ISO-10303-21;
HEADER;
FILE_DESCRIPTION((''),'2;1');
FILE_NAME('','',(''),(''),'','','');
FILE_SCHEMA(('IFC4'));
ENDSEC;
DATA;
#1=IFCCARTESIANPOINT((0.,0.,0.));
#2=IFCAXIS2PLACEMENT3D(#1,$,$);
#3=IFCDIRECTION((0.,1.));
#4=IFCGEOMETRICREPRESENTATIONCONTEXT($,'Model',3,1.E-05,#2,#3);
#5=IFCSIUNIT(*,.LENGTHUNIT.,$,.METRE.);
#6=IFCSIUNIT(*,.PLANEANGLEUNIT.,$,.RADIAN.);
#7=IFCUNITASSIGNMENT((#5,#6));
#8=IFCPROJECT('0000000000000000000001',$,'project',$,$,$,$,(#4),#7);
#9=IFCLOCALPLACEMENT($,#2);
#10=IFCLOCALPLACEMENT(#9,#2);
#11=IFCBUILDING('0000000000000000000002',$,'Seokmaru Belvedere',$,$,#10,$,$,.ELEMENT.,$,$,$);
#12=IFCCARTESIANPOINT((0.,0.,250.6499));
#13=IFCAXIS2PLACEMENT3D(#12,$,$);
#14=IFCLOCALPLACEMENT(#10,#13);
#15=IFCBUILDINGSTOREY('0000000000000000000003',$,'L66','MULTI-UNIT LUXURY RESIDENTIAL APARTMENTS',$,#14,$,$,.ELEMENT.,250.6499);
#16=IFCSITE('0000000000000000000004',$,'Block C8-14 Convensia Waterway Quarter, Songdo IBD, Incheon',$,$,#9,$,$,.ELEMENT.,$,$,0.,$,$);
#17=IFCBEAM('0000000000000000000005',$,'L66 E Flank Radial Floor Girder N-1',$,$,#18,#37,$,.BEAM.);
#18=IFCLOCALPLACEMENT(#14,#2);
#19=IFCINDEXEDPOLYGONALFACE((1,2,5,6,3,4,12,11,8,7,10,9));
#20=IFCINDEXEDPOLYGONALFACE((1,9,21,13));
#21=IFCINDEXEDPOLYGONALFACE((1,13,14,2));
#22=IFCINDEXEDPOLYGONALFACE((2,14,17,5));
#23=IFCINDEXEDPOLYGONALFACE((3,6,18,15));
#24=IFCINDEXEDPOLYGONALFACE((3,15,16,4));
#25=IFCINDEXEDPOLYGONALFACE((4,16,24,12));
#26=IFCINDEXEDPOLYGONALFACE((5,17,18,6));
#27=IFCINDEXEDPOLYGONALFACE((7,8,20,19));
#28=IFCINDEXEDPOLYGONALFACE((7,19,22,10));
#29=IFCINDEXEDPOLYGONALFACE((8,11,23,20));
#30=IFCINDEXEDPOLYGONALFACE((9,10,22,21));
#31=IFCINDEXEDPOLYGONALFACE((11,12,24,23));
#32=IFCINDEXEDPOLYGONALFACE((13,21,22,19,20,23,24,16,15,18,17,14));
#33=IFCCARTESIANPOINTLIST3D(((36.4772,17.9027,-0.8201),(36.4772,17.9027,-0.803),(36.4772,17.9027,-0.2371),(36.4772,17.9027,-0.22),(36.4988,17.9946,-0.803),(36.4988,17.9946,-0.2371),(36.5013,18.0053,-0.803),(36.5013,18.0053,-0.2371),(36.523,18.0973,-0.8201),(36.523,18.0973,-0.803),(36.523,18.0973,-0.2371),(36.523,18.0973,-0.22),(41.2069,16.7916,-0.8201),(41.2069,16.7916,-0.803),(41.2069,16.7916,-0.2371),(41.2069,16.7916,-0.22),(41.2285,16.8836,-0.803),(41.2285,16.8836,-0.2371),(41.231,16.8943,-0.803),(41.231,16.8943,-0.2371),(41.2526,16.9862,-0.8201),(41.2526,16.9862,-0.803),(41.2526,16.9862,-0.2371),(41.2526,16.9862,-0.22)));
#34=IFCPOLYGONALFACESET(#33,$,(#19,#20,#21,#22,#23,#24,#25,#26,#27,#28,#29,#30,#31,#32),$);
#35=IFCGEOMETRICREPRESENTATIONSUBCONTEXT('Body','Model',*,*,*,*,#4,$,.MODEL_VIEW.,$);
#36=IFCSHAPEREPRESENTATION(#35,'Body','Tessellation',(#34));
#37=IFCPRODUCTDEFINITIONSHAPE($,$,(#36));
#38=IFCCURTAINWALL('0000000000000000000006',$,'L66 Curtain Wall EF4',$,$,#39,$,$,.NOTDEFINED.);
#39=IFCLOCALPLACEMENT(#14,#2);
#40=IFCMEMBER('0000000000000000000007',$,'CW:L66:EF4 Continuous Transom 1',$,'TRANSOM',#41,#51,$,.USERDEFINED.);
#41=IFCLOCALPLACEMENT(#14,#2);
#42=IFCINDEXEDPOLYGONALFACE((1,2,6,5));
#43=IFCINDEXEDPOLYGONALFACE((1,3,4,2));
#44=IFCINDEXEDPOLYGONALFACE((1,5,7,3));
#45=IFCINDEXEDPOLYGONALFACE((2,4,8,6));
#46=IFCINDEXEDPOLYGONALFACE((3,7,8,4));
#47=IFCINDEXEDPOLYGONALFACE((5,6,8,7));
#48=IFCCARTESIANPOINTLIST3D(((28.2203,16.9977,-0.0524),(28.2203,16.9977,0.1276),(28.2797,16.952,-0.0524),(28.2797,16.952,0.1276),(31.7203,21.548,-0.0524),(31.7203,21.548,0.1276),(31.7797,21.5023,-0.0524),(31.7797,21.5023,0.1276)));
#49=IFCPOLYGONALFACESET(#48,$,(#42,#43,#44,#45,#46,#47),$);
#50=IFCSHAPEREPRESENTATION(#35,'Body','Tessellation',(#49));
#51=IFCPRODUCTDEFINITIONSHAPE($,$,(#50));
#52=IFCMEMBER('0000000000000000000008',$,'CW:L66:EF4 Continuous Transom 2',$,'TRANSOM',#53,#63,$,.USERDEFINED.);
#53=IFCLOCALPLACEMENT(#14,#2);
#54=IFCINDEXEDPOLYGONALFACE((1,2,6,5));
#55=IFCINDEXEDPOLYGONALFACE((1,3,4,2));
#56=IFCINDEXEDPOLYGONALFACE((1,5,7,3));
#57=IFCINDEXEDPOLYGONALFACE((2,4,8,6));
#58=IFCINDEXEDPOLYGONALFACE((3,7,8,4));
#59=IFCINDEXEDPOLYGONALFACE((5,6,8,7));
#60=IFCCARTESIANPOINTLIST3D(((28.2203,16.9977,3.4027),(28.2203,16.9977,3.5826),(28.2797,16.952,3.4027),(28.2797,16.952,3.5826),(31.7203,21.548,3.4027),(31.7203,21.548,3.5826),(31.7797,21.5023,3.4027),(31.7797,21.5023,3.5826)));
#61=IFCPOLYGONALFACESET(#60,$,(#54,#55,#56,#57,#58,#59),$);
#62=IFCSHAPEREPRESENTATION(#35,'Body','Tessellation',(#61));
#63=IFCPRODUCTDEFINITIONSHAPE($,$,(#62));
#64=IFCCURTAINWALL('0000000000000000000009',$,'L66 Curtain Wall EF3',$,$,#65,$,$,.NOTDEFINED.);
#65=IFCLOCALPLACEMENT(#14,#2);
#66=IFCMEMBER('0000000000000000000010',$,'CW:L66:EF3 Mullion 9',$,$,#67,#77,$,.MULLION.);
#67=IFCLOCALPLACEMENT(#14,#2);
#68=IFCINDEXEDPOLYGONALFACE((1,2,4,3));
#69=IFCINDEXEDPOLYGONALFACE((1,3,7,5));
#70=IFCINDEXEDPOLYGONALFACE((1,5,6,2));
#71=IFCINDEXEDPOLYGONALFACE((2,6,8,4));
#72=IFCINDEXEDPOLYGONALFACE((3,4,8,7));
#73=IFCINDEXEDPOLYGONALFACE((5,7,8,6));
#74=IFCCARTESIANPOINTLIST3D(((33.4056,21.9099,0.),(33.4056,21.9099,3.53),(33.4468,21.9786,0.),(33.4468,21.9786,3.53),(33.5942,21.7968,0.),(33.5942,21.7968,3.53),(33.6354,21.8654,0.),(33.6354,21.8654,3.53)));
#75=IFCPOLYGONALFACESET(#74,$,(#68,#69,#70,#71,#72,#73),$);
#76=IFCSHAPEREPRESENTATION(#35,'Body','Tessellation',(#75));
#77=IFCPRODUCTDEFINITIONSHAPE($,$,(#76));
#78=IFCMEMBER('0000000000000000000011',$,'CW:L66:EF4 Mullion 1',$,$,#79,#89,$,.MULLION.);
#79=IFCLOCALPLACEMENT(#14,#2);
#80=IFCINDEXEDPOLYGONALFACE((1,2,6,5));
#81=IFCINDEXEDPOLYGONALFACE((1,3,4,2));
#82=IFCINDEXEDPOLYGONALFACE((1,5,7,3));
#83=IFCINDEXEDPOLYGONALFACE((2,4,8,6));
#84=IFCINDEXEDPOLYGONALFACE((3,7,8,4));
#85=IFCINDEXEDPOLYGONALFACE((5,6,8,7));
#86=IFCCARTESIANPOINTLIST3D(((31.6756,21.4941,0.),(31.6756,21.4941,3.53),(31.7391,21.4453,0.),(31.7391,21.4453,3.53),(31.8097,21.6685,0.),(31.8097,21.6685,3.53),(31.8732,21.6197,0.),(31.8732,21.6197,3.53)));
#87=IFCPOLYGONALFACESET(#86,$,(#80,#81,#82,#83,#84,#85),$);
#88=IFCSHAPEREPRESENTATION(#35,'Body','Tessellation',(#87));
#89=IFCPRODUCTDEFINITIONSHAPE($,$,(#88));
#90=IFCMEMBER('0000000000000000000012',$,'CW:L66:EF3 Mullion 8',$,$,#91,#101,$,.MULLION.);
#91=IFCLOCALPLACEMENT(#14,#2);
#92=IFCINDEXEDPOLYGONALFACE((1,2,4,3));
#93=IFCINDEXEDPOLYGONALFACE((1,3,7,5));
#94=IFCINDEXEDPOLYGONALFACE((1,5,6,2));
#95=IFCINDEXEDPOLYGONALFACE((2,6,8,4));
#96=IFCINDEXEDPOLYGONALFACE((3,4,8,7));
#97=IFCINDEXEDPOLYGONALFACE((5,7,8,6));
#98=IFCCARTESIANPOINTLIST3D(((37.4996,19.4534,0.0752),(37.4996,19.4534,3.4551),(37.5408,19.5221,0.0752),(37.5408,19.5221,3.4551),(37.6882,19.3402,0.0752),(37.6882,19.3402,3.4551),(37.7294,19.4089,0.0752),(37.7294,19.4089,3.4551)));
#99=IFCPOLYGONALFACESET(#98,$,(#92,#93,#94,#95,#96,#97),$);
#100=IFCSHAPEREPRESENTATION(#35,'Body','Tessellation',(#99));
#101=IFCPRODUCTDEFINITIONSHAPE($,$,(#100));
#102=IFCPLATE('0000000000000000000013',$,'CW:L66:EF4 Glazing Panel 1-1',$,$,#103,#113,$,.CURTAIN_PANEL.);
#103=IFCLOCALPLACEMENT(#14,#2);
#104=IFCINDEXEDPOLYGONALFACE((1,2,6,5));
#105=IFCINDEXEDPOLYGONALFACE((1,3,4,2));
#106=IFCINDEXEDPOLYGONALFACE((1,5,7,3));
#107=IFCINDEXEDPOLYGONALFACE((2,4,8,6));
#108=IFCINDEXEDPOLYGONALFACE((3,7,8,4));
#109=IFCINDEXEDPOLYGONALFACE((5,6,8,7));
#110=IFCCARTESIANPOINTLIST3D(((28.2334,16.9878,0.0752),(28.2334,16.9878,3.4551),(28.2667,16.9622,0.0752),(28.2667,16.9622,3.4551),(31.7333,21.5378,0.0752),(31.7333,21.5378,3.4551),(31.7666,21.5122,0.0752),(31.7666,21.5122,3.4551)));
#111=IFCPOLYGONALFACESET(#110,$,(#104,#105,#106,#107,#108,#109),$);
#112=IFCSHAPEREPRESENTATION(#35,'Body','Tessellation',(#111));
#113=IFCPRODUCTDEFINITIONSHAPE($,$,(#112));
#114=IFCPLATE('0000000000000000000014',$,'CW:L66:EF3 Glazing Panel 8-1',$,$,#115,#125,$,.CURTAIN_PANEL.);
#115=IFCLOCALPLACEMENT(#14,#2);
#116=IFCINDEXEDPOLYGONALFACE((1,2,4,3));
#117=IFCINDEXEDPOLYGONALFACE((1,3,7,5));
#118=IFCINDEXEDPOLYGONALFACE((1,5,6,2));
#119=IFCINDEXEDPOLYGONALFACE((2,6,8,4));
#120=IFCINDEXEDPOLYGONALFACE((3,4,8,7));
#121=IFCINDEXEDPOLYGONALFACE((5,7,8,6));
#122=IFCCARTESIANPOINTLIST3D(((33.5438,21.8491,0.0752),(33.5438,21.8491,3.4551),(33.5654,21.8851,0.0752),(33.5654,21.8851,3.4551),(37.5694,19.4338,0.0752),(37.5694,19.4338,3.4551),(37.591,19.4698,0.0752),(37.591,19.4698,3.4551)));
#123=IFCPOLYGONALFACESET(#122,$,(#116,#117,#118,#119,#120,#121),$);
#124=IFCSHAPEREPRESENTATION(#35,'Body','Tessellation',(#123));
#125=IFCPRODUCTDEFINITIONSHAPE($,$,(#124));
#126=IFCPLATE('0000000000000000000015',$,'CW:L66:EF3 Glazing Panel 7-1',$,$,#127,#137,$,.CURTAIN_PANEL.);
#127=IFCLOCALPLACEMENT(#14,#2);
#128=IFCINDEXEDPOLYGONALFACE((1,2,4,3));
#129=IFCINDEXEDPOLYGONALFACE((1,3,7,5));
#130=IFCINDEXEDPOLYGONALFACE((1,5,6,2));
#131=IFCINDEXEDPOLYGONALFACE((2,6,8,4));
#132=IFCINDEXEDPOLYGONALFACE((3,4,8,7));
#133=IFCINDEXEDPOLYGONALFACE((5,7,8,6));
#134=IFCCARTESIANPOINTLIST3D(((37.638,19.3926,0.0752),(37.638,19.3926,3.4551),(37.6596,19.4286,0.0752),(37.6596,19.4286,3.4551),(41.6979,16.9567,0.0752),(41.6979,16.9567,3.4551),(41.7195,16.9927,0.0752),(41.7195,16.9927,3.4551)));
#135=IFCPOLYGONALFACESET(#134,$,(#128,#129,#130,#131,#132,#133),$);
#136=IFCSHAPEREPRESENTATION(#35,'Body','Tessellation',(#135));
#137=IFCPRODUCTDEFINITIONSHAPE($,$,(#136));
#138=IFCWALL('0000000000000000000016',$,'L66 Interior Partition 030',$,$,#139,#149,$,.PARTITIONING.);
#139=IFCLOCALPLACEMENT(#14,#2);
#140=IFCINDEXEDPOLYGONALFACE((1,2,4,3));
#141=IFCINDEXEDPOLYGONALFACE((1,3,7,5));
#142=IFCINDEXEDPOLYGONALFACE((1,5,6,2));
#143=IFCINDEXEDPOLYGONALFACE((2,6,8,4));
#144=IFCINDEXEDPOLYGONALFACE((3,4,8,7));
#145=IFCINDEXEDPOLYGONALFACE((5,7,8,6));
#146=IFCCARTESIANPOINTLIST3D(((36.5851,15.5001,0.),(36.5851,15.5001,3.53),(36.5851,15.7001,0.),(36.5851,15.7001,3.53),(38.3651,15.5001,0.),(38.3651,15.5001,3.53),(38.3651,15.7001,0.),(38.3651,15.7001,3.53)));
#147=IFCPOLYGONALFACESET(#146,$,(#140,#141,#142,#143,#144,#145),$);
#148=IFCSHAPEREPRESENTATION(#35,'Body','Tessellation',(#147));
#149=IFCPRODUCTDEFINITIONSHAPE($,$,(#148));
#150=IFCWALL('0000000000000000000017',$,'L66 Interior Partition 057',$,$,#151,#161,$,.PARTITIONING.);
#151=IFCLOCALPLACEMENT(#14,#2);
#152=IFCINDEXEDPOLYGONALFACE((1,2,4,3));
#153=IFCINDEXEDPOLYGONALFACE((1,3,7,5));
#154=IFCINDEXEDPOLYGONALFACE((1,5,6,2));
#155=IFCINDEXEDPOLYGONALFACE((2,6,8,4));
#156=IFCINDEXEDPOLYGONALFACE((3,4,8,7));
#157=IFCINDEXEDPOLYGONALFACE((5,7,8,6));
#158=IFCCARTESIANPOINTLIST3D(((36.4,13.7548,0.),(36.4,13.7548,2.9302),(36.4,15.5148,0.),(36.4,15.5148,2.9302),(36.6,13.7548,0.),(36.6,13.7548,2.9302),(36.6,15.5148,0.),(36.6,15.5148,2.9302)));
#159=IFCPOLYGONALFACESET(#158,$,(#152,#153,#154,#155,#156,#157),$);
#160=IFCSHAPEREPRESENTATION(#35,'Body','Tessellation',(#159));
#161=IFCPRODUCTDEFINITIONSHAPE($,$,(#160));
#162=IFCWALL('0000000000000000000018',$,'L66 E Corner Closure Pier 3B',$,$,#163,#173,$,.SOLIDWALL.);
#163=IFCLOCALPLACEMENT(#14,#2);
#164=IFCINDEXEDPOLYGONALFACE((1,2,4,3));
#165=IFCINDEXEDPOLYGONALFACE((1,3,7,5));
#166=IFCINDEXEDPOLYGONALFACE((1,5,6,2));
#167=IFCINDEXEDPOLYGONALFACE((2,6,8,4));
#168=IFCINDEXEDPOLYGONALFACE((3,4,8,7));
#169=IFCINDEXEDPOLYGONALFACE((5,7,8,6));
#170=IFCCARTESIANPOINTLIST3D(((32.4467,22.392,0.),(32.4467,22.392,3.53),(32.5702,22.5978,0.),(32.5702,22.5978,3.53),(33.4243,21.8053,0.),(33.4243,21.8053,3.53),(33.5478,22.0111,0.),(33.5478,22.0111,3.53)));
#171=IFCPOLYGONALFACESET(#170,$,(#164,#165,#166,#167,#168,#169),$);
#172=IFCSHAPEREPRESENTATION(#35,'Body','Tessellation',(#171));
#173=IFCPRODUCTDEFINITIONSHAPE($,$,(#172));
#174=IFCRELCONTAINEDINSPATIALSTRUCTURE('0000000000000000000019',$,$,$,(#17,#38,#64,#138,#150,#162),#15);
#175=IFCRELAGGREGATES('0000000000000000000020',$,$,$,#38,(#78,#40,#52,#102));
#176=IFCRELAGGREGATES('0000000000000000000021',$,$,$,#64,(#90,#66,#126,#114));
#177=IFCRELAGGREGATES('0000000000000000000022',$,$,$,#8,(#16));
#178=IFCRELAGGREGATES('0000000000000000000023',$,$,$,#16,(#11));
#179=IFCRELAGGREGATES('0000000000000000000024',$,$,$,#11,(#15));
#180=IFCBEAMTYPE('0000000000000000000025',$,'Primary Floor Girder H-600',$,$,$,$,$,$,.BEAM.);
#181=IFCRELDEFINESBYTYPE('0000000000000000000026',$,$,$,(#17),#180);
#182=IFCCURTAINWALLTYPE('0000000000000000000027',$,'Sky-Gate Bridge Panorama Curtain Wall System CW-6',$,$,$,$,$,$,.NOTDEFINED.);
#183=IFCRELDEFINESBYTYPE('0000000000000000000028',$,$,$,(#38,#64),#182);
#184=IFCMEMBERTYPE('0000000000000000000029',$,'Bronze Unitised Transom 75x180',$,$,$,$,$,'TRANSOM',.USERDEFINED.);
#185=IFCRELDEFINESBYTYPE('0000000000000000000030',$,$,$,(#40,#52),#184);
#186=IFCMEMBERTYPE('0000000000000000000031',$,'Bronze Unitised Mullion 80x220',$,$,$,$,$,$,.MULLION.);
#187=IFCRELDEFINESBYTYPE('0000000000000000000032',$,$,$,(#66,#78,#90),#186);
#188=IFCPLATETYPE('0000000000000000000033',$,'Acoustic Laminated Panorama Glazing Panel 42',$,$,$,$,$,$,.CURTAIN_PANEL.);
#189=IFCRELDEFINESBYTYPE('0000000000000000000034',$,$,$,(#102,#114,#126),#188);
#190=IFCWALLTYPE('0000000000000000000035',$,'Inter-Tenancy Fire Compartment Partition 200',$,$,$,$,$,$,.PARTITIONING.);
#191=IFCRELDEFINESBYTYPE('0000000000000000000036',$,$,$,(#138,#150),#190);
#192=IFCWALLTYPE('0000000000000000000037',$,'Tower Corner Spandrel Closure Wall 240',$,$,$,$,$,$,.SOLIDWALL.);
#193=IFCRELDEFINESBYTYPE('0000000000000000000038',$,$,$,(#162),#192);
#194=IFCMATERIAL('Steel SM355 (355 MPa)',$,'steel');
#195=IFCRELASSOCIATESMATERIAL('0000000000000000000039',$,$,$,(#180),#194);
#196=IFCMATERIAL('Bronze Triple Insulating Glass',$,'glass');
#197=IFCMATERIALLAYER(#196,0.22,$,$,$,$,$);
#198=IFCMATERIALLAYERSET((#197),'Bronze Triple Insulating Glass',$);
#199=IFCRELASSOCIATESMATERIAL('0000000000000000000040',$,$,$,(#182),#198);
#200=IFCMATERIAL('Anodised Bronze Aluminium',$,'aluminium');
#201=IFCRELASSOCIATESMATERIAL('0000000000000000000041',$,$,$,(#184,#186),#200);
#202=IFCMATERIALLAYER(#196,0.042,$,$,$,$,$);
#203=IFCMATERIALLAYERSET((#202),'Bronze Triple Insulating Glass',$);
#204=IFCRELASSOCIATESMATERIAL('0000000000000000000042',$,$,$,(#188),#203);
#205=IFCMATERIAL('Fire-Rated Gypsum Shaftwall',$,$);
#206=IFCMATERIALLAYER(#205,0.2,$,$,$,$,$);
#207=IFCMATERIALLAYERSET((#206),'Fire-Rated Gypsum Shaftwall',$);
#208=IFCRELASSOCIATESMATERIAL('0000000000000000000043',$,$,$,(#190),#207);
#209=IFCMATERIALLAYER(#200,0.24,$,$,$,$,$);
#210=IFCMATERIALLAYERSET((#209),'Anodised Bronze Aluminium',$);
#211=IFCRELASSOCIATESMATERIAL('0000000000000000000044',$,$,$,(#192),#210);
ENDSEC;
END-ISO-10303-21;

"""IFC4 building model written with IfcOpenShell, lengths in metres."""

from ifc_helpers import new_model, si_unit, direction, frame, frame_2d, origin, origin_2d, place, context, subcontext, project, spatial, rectangle, i_section, extrude, source, transform, mapped, material, layer, layer_set, material_profile, profile_set, type_object, type_shapes, element, aggregate, save


model = new_model("IFC4")

# Units and contexts
model_context = context("Model", 3, precision=1e-05, world=origin(), true_north=direction((0.0, 1.0)))
body_context = subcontext(model_context, "Body", "Model", "MODEL_VIEW")
ifc_project = project(units=[si_unit("LENGTHUNIT", "METRE"), si_unit("PLANEANGLEUNIT", "RADIAN")], contexts=[model_context])

# Site, building, storey
site_placement = place(None, origin())
site = spatial("IfcSite", under=ifc_project, at=site_placement, Name="Block C8-14 Convensia Waterway Quarter, Songdo IBD, Incheon", CompositionType="ELEMENT", RefElevation=0.0)
building_placement = place(site_placement, origin())
building = spatial("IfcBuilding", under=site, at=building_placement, Name="Seokmaru Belvedere", CompositionType="ELEMENT")
storey_placement = place(building_placement, frame((0.0, 0.0, 250.6499)))
storey = spatial("IfcBuildingStorey", under=building, at=storey_placement, Name="L66", Description="MULTI-UNIT LUXURY RESIDENTIAL APARTMENTS", CompositionType="ELEMENT", Elevation=250.6499)

# Shared definitions
ifc_material_1 = material(Name="Steel SM355 (355 MPa)", Category="steel")

# Beam
ifc_material_profile_1 = material_profile(ifc_material_1, i_section(OverallWidth=0.2, OverallDepth=0.6001, WebThickness=0.011, FlangeThickness=0.0171, at=origin_2d()), Name="H-600x200x11x17")
ifc_profile_set_1 = profile_set([ifc_material_profile_1], Name="Steel SM355 (355 MPa)")
beam_type_1 = type_object("IfcBeamType", Name="Primary Floor Girder H-600", PredefinedType="BEAM", material=ifc_profile_set_1)
shared_shape_1 = source(origin(), body_context, "Body", "SweptSolid", [
    extrude(i_section(OverallWidth=0.2, OverallDepth=0.6001, WebThickness=0.011, FlangeThickness=0.0171, at=origin_2d()), origin(), (0.0, 0.0, 1.0), 4.8584),
])
beam_1_placement = place(storey_placement, frame((41.2297, 16.8889, -0.52), z_axis=(-0.973499, 0.228689, 0.0), x_axis=(-0.228689, -0.973499, 0.0)))
element("IfcBeam", 1, at=beam_1_placement, inside=storey, type_object=beam_type_1, Name="L66 E Flank Radial Floor Girder N-1", PredefinedType="BEAM", context=body_context, shape_type="MappedRepresentation", body=[
    mapped(shared_shape_1, transform((0.0, 0.0, 0.0), scale=1.0)),
])

# Curtain wall, members
ifc_material_2 = material(Name="Bronze Triple Insulating Glass", Category="glass")
ifc_layer_1 = layer(ifc_material_2, 0.22)
ifc_layer_set_1 = layer_set([ifc_layer_1], Name="Bronze Triple Insulating Glass")
curtain_wall_type = type_object("IfcCurtainWallType", Name="Sky-Gate Bridge Panorama Curtain Wall System CW-6", PredefinedType="NOTDEFINED", material=ifc_layer_set_1)
curtain_wall_1_placement = place(storey_placement, origin())
curtain_wall_1 = element("IfcCurtainWall", 2, at=curtain_wall_1_placement, inside=storey, type_object=curtain_wall_type, Name="L66 Curtain Wall EF4", PredefinedType="NOTDEFINED")
ifc_material_3 = material(Name="Anodised Bronze Aluminium", Category="aluminium")
ifc_material_profile_2 = material_profile(ifc_material_3, rectangle(XDim=0.075, YDim=0.1799, at=origin_2d()), Name="CW-T-75x180")
ifc_profile_set_2 = profile_set([ifc_material_profile_2], Name="Anodised Bronze Aluminium")
member_type_1 = type_object("IfcMemberType", Name="Bronze Unitised Transom 75x180", ElementType="TRANSOM", PredefinedType="USERDEFINED", material=ifc_profile_set_2)
shared_shape_2 = source(origin(), body_context, "Body", "SweptSolid", [
    extrude(rectangle(XDim=0.075, YDim=0.1799, at=origin_2d()), origin(), (0.0, 0.0, 1.0), 5.7407),
])
type_shapes(member_type_1, [shared_shape_2])
member_1_placement = place(storey_placement, frame((31.75, 21.5251, 0.0376), z_axis=(-0.609686, -0.792643, 0.0), x_axis=(0.792643, -0.609686, 0.0)))
member_1 = element("IfcMember", 3, at=member_1_placement, type_object=member_type_1, Name="CW:L66:EF4 Continuous Transom 1", ObjectType="TRANSOM", PredefinedType="USERDEFINED", context=body_context, shape_type="MappedRepresentation", body=[
    mapped(shared_shape_2, transform((0.0, 0.0, 0.0), scale=1.0)),
])
member_2_placement = place(storey_placement, frame((31.75, 21.5251, 3.4927), z_axis=(-0.609686, -0.792643, 0.0), x_axis=(0.792643, -0.609686, 0.0)))
member_2 = element("IfcMember", 4, at=member_2_placement, type_object=member_type_1, Name="CW:L66:EF4 Continuous Transom 2", ObjectType="TRANSOM", PredefinedType="USERDEFINED", context=body_context, shape_type="MappedRepresentation", body=[
    mapped(shared_shape_2, transform((0.0, 0.0, 0.0), scale=1.0)),
])

# Curtain wall, member
curtain_wall_2_placement = place(storey_placement, origin())
curtain_wall_2 = element("IfcCurtainWall", 5, at=curtain_wall_2_placement, inside=storey, type_object=curtain_wall_type, Name="L66 Curtain Wall EF3", PredefinedType="NOTDEFINED")
ifc_material_profile_3 = material_profile(ifc_material_3, rectangle(XDim=0.0801, YDim=0.22, at=origin_2d()), Name="CW-M-80x220")
ifc_profile_set_3 = profile_set([ifc_material_profile_3], Name="Anodised Bronze Aluminium")
member_type_2 = type_object("IfcMemberType", Name="Bronze Unitised Mullion 80x220", PredefinedType="MULLION", material=ifc_profile_set_3)
shared_shape_3 = source(origin(), body_context, "Body", "SweptSolid", [
    extrude(rectangle(XDim=0.0801, YDim=0.22, at=origin_2d()), origin(), (0.0, 0.0, 1.0), 3.53),
])
member_3_placement = place(storey_placement, frame((33.5205, 21.8877, 0.0), z_axis=(0.0, 0.0, 1.0), x_axis=(-0.514495, -0.857493, 0.0)))
member_3 = element("IfcMember", 6, at=member_3_placement, type_object=member_type_2, Name="CW:L66:EF3 Mullion 9", PredefinedType="MULLION", context=body_context, shape_type="MappedRepresentation", body=[
    mapped(shared_shape_3, transform((0.0, 0.0, 0.0), scale=1.0)),
])

# Members
member_4_placement = place(storey_placement, frame((31.7744, 21.5569, 0.0), z_axis=(0.0, 0.0, 1.0), x_axis=(0.792631, -0.609701, 0.0)))
member_4 = element("IfcMember", 7, at=member_4_placement, type_object=member_type_2, Name="CW:L66:EF4 Mullion 1", PredefinedType="MULLION", context=body_context, shape_type="MappedRepresentation", body=[
    mapped(shared_shape_3, transform((0.0, 0.0, 0.0), scale=1.0)),
])
shared_shape_4 = source(origin(), body_context, "Body", "SweptSolid", [
    extrude(rectangle(XDim=0.0801, YDim=0.22, at=origin_2d()), origin(), (0.0, 0.0, 1.0), 3.3799),
])
type_shapes(member_type_2, [shared_shape_3, shared_shape_4])
member_5_placement = place(storey_placement, frame((37.6145, 19.4312, 0.0752), z_axis=(0.0, 0.0, 1.0), x_axis=(-0.514495, -0.857493, 0.0)))
member_5 = element("IfcMember", 8, at=member_5_placement, type_object=member_type_2, Name="CW:L66:EF3 Mullion 8", PredefinedType="MULLION", context=body_context, shape_type="MappedRepresentation", body=[
    mapped(shared_shape_4, transform((0.0, 0.0, 0.0), scale=1.0)),
])

# Plates
ifc_layer_2 = layer(ifc_material_2, 0.042)
ifc_layer_set_2 = layer_set([ifc_layer_2], Name="Bronze Triple Insulating Glass")
plate_type = type_object("IfcPlateType", Name="Acoustic Laminated Panorama Glazing Panel 42", PredefinedType="CURTAIN_PANEL", material=ifc_layer_set_2)
shared_shape_5 = source(origin(), body_context, "Body", "SweptSolid", [
    extrude(rectangle(XDim=5.7405, YDim=0.042, at=origin_2d()), origin(), (0.0, 0.0, 1.0), 3.3799),
])
plate_1_placement = place(storey_placement, frame((30.0, 19.25, 0.0752), z_axis=(0.0, 0.0, 1.0), x_axis=(-0.609701, -0.792631, 0.0)))
plate_1 = element("IfcPlate", 9, at=plate_1_placement, type_object=plate_type, Name="CW:L66:EF4 Glazing Panel 1-1", PredefinedType="CURTAIN_PANEL", context=body_context, shape_type="MappedRepresentation", body=[
    mapped(shared_shape_5, transform((0.0, 0.0, 0.0), scale=1.0)),
])
aggregate(curtain_wall_1, [member_4, member_1, member_2, plate_1])
shared_shape_6 = source(origin(), body_context, "Body", "SweptSolid", [
    extrude(rectangle(XDim=4.6946, YDim=0.042, at=origin_2d()), origin(), (0.0, 0.0, 1.0), 3.3799),
])
plate_2_placement = place(storey_placement, frame((35.5674, 20.6594, 0.0752), z_axis=(0.0, 0.0, 1.0), x_axis=(-0.857493, 0.514495, 0.0)))
plate_2 = element("IfcPlate", 10, at=plate_2_placement, type_object=plate_type, Name="CW:L66:EF3 Glazing Panel 8-1", PredefinedType="CURTAIN_PANEL", context=body_context, shape_type="MappedRepresentation", body=[
    mapped(shared_shape_6, transform((0.0, 0.0, 0.0), scale=1.0)),
])
shared_shape_7 = source(origin(), body_context, "Body", "SweptSolid", [
    extrude(rectangle(XDim=4.7346, YDim=0.042, at=origin_2d()), origin(), (0.0, 0.0, 1.0), 3.3799),
])
type_shapes(plate_type, [shared_shape_5, shared_shape_6, shared_shape_7])
plate_3_placement = place(storey_placement, frame((39.6787, 18.1926, 0.0752), z_axis=(0.0, 0.0, 1.0), x_axis=(-0.857493, 0.514495, 0.0)))
plate_3 = element("IfcPlate", 11, at=plate_3_placement, type_object=plate_type, Name="CW:L66:EF3 Glazing Panel 7-1", PredefinedType="CURTAIN_PANEL", context=body_context, shape_type="MappedRepresentation", body=[
    mapped(shared_shape_7, transform((0.0, 0.0, 0.0), scale=1.0)),
])
aggregate(curtain_wall_2, [member_5, member_3, plate_3, plate_2])

# Walls
ifc_material_4 = material(Name="Fire-Rated Gypsum Shaftwall")
ifc_layer_3 = layer(ifc_material_4, 0.2)
ifc_layer_set_3 = layer_set([ifc_layer_3], Name="Fire-Rated Gypsum Shaftwall")
wall_type_1 = type_object("IfcWallType", Name="Inter-Tenancy Fire Compartment Partition 200", PredefinedType="PARTITIONING", material=ifc_layer_set_3)
wall_1_placement = place(storey_placement, frame((36.585, 15.6001, 0.0), z_axis=(0.0, 0.0, 1.0), x_axis=(1.0, 0.0, 0.0)))
element("IfcWall", 12, at=wall_1_placement, inside=storey, type_object=wall_type_1, Name="L66 Interior Partition 030", PredefinedType="PARTITIONING", context=body_context, shape_type="SweptSolid", body=[
    extrude(rectangle(XDim=1.78, YDim=0.2, at=frame_2d((0.8901, 0.0))), origin(), (0.0, 0.0, 1.0), 3.53),
])
wall_2_placement = place(storey_placement, frame((36.5, 13.7549, 0.0), z_axis=(0.0, 0.0, 1.0), x_axis=(0.0, 1.0, 0.0)))
element("IfcWall", 13, at=wall_2_placement, inside=storey, type_object=wall_type_1, Name="L66 Interior Partition 057", PredefinedType="PARTITIONING", context=body_context, shape_type="SweptSolid", body=[
    extrude(rectangle(XDim=1.76, YDim=0.2, at=frame_2d((0.8799, 0.0))), origin(), (0.0, 0.0, 1.0), 2.9302),
])
ifc_layer_4 = layer(ifc_material_3, 0.24)
ifc_layer_set_4 = layer_set([ifc_layer_4], Name="Anodised Bronze Aluminium")
wall_type_2 = type_object("IfcWallType", Name="Tower Corner Spandrel Closure Wall 240", PredefinedType="SOLIDWALL", material=ifc_layer_set_4)
for number, where, z_axis, x_axis, name in (
    (14, (33.4861, 21.9082, 0.0), (0.0, 0.0, 1.0), (-0.857436, 0.51459, 0.0), "L66 E Corner Closure Pier 3B"),
):
    element("IfcWall", number, at=place(storey_placement, frame(where, z_axis=z_axis, x_axis=x_axis)), inside=storey, type_object=wall_type_2, Name=name, PredefinedType="SOLIDWALL", context=body_context, shape_type="SweptSolid", body=[
        extrude(rectangle(XDim=1.1401, YDim=0.24, at=frame_2d((0.5701, 0.0))), origin(), (0.0, 0.0, 1.0), 3.53),
    ])

save(model, "model.ifc")
